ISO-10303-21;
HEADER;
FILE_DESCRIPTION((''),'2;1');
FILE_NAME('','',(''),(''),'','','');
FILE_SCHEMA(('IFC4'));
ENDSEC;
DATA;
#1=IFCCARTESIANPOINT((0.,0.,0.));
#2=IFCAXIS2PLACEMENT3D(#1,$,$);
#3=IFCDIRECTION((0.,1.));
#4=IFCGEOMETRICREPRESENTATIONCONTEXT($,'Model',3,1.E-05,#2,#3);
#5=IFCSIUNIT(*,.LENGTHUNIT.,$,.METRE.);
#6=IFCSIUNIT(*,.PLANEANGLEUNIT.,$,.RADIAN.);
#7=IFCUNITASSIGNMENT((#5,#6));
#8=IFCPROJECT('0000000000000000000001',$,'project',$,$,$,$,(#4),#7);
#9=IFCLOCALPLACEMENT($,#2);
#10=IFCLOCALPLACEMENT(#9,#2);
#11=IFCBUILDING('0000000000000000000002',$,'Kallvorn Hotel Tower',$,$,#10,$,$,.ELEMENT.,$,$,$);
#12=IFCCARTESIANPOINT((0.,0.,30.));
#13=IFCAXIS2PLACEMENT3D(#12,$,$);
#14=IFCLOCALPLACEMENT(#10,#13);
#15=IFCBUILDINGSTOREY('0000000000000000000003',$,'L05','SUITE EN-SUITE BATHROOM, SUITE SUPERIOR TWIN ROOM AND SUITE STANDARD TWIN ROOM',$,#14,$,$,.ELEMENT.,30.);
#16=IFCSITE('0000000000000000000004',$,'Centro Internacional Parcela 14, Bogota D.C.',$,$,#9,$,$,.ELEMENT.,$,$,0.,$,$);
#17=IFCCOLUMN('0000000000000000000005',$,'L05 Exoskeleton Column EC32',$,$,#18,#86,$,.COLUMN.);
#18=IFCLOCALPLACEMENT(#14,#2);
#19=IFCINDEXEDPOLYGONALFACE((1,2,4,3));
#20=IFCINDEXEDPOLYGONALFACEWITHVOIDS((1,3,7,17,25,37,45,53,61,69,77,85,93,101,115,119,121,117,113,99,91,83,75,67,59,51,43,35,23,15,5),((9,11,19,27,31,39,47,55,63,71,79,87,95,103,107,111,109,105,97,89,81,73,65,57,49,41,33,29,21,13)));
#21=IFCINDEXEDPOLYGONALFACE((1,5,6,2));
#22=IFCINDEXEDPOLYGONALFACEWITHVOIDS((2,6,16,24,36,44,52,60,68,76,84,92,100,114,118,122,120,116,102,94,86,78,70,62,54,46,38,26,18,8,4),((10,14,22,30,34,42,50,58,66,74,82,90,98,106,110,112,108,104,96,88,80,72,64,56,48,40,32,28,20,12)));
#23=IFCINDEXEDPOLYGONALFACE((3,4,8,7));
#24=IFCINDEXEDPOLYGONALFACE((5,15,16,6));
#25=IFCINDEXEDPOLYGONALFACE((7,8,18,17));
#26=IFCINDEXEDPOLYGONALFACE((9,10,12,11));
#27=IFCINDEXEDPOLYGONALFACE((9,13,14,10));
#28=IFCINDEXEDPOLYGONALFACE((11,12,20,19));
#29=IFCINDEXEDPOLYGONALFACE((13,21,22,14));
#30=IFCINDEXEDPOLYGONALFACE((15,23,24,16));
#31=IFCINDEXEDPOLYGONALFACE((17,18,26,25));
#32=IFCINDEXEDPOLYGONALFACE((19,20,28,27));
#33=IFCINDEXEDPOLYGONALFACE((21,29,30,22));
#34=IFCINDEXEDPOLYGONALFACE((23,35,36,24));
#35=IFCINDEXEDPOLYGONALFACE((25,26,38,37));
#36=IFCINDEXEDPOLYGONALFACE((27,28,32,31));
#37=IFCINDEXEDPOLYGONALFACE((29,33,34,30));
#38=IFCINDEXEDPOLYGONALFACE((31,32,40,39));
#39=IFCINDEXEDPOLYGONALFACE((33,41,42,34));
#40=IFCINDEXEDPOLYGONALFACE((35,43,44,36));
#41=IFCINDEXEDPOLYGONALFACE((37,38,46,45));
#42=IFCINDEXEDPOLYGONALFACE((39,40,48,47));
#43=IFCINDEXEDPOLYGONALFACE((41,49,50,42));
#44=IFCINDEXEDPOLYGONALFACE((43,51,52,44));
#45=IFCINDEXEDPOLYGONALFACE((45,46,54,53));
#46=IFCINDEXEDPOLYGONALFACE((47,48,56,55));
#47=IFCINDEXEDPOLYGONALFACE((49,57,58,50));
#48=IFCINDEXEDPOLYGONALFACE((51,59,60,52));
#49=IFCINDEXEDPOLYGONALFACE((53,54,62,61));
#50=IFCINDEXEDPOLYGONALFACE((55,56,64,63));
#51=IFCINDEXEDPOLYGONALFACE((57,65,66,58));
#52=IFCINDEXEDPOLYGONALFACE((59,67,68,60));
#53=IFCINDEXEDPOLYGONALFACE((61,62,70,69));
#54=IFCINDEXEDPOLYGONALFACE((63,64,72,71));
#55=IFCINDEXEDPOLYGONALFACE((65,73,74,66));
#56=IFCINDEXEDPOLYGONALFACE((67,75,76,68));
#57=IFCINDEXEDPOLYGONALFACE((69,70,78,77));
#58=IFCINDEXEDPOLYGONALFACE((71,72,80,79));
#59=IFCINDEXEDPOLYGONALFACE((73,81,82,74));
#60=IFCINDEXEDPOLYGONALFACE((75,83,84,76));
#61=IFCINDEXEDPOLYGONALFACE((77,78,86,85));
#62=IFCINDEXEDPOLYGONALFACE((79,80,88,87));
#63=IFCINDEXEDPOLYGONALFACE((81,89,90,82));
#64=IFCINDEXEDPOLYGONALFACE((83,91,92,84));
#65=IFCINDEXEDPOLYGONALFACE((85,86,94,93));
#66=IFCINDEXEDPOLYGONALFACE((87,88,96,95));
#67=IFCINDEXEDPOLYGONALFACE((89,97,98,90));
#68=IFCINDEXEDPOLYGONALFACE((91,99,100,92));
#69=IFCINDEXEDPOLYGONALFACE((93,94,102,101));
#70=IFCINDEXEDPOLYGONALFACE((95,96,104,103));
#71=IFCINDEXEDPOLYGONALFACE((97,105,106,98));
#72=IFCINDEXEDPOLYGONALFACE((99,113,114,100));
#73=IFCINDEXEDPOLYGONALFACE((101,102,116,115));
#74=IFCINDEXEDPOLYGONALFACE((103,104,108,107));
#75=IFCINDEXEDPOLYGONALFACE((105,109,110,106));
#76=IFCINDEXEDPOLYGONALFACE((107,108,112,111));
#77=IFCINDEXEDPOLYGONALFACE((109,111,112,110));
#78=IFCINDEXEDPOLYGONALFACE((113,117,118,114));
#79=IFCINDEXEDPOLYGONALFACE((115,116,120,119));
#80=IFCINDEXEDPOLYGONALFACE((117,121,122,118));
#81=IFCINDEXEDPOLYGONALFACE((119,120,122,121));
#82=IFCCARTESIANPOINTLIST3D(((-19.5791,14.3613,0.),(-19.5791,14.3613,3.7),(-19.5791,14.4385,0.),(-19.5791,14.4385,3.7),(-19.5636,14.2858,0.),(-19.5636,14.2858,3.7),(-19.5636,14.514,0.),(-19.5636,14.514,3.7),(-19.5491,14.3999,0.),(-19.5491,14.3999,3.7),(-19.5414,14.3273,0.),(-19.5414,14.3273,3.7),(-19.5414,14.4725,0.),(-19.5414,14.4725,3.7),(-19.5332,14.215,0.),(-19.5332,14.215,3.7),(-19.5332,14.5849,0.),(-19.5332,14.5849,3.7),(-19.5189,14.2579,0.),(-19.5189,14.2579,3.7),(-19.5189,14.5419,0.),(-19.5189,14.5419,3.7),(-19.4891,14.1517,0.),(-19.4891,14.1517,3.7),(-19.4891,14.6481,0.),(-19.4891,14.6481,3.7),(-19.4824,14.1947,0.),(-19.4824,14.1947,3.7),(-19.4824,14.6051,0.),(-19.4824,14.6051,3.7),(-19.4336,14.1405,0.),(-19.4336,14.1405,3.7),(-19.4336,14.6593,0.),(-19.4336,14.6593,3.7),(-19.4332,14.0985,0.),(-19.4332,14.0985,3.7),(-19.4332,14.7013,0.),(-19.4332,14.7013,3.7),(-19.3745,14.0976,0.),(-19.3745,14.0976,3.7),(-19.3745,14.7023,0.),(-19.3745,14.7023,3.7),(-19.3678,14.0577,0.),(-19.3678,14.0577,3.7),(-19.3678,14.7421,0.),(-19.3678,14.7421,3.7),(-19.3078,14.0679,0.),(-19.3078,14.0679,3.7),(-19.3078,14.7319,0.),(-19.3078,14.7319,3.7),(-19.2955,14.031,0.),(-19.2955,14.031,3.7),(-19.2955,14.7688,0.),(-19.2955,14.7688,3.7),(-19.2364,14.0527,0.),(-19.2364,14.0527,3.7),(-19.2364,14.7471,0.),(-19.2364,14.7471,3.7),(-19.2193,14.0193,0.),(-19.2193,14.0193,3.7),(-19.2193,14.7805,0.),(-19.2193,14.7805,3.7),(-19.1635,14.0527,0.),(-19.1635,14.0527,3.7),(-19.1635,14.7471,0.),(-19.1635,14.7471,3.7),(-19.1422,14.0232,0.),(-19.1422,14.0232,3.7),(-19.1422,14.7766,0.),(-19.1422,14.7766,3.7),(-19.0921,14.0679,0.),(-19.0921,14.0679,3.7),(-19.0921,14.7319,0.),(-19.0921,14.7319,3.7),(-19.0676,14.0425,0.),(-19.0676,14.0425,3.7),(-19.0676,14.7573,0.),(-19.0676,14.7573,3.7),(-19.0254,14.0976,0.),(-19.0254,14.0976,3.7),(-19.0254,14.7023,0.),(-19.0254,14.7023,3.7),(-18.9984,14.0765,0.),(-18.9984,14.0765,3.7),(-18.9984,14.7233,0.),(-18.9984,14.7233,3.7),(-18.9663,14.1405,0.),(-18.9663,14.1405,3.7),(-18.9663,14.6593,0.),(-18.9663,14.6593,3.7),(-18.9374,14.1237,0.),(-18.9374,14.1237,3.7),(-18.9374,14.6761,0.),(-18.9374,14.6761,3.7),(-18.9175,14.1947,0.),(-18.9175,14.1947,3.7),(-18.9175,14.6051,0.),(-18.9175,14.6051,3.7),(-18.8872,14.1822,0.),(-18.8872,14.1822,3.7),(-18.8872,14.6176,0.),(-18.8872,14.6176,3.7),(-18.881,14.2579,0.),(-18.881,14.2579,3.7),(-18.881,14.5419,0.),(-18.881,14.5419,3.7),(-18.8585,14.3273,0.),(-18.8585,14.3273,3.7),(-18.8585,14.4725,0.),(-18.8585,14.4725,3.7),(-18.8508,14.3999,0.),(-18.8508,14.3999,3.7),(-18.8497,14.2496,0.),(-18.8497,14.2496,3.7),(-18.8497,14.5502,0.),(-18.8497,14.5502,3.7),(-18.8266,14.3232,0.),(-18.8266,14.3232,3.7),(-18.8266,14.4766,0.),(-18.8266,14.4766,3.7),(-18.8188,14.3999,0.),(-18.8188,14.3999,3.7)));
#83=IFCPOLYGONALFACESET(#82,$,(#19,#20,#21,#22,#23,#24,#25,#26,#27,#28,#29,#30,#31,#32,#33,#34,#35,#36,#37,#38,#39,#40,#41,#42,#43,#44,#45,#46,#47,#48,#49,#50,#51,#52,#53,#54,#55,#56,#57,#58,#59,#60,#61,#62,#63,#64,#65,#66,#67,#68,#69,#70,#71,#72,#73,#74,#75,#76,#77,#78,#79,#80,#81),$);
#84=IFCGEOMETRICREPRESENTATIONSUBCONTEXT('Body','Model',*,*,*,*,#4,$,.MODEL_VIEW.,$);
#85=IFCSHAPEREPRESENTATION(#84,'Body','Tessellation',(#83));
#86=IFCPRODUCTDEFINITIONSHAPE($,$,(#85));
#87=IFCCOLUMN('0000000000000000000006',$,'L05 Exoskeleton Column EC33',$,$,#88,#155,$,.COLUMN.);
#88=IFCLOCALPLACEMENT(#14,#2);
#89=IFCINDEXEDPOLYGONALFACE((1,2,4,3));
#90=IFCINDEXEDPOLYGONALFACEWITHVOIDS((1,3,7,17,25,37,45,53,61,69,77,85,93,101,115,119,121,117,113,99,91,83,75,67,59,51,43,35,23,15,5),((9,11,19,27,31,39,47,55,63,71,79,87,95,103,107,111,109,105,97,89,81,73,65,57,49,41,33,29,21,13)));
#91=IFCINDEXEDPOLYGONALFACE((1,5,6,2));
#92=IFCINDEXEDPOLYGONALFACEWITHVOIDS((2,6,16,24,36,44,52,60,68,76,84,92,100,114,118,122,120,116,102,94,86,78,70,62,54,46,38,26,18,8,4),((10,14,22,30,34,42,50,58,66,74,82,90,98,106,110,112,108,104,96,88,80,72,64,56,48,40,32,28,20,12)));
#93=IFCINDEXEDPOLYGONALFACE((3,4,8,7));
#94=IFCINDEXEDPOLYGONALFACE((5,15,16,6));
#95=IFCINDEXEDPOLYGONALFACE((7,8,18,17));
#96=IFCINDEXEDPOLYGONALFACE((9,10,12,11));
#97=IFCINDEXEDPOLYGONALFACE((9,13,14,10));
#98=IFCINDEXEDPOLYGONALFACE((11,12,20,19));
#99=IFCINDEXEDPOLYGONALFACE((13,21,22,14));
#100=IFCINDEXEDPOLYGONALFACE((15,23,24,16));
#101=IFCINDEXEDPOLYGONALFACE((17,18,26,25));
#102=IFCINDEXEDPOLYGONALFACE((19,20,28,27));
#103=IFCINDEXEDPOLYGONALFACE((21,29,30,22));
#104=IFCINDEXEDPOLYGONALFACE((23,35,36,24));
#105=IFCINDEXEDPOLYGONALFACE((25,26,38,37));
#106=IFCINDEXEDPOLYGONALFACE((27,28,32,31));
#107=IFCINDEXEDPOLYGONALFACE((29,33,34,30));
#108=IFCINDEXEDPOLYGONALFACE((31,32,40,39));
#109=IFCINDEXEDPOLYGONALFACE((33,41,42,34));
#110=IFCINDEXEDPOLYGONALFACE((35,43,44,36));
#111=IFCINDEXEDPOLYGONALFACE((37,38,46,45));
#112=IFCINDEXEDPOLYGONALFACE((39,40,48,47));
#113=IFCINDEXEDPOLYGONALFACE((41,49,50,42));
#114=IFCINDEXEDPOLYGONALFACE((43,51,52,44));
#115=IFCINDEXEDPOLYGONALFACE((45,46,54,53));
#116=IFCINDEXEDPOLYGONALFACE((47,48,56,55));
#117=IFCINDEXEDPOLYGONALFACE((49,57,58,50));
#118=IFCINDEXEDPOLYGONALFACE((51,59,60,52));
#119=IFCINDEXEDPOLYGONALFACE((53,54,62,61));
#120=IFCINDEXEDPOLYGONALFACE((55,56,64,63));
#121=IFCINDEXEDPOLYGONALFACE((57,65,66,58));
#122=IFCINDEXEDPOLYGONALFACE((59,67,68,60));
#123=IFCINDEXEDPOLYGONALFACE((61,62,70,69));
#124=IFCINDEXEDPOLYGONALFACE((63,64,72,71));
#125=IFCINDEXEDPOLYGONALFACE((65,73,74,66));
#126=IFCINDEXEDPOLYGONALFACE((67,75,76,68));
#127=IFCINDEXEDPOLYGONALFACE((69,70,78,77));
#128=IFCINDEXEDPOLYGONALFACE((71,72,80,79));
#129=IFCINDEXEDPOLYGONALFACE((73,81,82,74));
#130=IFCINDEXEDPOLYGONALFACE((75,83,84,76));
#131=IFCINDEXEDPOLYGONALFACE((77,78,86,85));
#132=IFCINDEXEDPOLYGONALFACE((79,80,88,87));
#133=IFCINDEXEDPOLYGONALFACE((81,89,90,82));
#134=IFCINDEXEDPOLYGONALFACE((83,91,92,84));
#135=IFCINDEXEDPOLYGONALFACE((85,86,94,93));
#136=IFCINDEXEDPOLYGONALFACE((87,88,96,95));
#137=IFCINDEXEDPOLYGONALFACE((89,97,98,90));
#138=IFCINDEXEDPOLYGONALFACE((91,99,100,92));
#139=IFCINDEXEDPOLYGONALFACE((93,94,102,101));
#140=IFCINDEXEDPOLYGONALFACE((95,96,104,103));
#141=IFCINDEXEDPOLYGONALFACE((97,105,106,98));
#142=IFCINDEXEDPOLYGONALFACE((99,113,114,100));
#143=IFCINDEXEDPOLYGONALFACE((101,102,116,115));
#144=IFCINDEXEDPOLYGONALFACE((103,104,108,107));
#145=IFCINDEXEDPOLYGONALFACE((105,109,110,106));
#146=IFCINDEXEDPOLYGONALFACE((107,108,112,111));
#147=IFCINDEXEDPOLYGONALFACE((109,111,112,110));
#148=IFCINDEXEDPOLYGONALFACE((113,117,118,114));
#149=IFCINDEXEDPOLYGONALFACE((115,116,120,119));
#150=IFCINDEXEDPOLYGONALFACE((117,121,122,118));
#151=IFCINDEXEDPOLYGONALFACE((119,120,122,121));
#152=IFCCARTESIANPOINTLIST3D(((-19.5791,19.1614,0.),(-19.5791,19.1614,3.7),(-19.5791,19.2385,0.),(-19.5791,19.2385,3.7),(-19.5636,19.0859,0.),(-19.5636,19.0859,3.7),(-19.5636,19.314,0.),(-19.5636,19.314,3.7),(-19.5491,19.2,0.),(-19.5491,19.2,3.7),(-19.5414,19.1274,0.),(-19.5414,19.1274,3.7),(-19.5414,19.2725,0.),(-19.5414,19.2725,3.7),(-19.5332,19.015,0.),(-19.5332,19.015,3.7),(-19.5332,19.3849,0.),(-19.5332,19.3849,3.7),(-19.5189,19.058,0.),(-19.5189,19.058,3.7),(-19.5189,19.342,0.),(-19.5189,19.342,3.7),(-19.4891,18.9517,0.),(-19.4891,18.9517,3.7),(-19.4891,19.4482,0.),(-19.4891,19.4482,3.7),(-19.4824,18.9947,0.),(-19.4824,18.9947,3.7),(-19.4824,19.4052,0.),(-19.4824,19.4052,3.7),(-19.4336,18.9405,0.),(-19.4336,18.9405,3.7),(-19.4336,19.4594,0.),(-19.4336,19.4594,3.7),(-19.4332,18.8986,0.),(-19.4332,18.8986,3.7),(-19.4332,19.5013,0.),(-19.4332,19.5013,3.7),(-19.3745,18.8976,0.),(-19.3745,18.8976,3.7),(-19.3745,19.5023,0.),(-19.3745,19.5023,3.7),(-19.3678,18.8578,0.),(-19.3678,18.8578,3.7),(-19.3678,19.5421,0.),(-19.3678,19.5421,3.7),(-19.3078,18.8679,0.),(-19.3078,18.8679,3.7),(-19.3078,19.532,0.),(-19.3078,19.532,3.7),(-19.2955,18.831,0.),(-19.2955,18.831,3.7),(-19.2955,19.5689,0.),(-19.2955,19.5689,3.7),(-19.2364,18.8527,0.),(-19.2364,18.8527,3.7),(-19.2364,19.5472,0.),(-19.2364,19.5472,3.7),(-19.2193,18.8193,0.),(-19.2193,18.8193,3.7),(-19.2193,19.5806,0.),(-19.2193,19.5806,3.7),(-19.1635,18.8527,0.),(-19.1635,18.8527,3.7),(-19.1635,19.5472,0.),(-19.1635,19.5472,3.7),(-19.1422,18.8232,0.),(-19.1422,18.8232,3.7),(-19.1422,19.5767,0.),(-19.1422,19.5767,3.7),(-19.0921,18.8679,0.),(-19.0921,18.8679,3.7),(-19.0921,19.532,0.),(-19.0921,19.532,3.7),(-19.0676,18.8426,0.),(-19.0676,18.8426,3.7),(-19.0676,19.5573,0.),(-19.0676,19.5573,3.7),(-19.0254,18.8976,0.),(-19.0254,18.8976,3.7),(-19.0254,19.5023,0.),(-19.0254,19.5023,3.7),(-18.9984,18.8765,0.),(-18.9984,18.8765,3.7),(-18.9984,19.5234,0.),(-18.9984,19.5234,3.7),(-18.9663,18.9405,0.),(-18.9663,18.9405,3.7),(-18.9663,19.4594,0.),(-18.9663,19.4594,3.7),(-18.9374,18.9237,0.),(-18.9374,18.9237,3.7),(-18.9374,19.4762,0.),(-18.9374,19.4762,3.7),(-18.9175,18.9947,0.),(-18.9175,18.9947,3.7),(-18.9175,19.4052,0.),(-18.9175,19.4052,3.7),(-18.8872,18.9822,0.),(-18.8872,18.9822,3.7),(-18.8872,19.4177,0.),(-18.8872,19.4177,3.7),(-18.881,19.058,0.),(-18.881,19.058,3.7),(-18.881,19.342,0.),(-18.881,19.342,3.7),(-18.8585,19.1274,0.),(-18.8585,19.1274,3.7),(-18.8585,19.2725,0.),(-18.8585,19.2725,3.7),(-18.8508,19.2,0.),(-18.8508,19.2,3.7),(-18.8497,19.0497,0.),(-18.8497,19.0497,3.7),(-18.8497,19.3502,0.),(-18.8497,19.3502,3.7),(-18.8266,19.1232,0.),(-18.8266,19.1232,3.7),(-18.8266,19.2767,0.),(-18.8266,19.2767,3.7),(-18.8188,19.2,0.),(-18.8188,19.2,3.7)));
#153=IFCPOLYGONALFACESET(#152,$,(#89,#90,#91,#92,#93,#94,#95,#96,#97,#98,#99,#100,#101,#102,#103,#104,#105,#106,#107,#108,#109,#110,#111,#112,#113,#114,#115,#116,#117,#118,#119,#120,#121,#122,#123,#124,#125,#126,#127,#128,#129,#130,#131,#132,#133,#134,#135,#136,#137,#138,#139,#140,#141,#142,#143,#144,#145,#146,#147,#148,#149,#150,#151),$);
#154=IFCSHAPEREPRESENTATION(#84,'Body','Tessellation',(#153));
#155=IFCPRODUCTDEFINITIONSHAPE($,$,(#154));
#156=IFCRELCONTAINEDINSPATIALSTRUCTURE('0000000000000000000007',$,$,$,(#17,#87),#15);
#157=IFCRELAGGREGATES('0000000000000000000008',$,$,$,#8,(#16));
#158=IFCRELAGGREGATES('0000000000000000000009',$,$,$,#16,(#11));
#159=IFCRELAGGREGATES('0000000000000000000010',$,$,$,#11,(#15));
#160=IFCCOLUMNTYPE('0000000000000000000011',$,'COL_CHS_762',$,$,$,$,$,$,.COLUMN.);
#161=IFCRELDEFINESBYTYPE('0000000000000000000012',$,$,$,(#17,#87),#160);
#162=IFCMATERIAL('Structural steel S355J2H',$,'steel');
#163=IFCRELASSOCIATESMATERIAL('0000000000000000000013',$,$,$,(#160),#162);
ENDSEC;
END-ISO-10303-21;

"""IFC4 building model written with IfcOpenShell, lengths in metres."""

from ifc_helpers import new_model, si_unit, direction, frame, origin, origin_2d, place, context, subcontext, project, spatial, hollow_circle, extrude, material, material_profile, profile_set, type_object, element, save


model = new_model("IFC4")

# Units and contexts
model_context = context("Model", 3, precision=1e-05, world=origin(), true_north=direction((0.0, 1.0)))
body_context = subcontext(model_context, "Body", "Model", "MODEL_VIEW")
ifc_project = project(units=[si_unit("LENGTHUNIT", "METRE"), si_unit("PLANEANGLEUNIT", "RADIAN")], contexts=[model_context])

# Site, building, storey
site_placement = place(None, origin())
site = spatial("IfcSite", under=ifc_project, at=site_placement, Name="Centro Internacional Parcela 14, Bogota D.C.", CompositionType="ELEMENT", RefElevation=0.0)
building_placement = place(site_placement, origin())
building = spatial("IfcBuilding", under=site, at=building_placement, Name="Kallvorn Hotel Tower", CompositionType="ELEMENT")
storey_placement = place(building_placement, frame((0.0, 0.0, 30.0)))
storey = spatial("IfcBuildingStorey", under=building, at=storey_placement, Name="L05", Description="SUITE EN-SUITE BATHROOM, SUITE SUPERIOR TWIN ROOM AND SUITE STANDARD TWIN ROOM", CompositionType="ELEMENT", Elevation=30.0)

# Columns
ifc_material_1 = material(Name="Structural steel S355J2H", Category="steel")
ifc_material_profile_1 = material_profile(ifc_material_1, hollow_circle(Radius=0.3811, WallThickness=0.032, at=origin_2d()), Name="CHS 762x32")
ifc_profile_set_1 = profile_set([ifc_material_profile_1], Name="Structural steel S355J2H")
column_type_1 = type_object("IfcColumnType", Name="COL_CHS_762", PredefinedType="COLUMN", material=ifc_profile_set_1)
for number, where, z_axis, x_axis, name in (
    (1, (-19.2, 14.3999, 0.0), (0.0, 0.0, 1.0), (1.0, 0.0, 0.0), "L05 Exoskeleton Column EC32"),
    (2, (-19.2, 19.2, 0.0), (0.0, 0.0, 1.0), (1.0, 0.0, 0.0), "L05 Exoskeleton Column EC33"),
):
    element("IfcColumn", number, at=place(storey_placement, frame(where, z_axis=z_axis, x_axis=x_axis)), inside=storey, type_object=column_type_1, Name=name, PredefinedType="COLUMN", context=body_context, shape_type="SweptSolid", body=[
        extrude(hollow_circle(Radius=0.3811, WallThickness=0.032, at=origin_2d()), origin(), (0.0, 0.0, 1.0), 3.7),
    ])

save(model, "model.ifc")
